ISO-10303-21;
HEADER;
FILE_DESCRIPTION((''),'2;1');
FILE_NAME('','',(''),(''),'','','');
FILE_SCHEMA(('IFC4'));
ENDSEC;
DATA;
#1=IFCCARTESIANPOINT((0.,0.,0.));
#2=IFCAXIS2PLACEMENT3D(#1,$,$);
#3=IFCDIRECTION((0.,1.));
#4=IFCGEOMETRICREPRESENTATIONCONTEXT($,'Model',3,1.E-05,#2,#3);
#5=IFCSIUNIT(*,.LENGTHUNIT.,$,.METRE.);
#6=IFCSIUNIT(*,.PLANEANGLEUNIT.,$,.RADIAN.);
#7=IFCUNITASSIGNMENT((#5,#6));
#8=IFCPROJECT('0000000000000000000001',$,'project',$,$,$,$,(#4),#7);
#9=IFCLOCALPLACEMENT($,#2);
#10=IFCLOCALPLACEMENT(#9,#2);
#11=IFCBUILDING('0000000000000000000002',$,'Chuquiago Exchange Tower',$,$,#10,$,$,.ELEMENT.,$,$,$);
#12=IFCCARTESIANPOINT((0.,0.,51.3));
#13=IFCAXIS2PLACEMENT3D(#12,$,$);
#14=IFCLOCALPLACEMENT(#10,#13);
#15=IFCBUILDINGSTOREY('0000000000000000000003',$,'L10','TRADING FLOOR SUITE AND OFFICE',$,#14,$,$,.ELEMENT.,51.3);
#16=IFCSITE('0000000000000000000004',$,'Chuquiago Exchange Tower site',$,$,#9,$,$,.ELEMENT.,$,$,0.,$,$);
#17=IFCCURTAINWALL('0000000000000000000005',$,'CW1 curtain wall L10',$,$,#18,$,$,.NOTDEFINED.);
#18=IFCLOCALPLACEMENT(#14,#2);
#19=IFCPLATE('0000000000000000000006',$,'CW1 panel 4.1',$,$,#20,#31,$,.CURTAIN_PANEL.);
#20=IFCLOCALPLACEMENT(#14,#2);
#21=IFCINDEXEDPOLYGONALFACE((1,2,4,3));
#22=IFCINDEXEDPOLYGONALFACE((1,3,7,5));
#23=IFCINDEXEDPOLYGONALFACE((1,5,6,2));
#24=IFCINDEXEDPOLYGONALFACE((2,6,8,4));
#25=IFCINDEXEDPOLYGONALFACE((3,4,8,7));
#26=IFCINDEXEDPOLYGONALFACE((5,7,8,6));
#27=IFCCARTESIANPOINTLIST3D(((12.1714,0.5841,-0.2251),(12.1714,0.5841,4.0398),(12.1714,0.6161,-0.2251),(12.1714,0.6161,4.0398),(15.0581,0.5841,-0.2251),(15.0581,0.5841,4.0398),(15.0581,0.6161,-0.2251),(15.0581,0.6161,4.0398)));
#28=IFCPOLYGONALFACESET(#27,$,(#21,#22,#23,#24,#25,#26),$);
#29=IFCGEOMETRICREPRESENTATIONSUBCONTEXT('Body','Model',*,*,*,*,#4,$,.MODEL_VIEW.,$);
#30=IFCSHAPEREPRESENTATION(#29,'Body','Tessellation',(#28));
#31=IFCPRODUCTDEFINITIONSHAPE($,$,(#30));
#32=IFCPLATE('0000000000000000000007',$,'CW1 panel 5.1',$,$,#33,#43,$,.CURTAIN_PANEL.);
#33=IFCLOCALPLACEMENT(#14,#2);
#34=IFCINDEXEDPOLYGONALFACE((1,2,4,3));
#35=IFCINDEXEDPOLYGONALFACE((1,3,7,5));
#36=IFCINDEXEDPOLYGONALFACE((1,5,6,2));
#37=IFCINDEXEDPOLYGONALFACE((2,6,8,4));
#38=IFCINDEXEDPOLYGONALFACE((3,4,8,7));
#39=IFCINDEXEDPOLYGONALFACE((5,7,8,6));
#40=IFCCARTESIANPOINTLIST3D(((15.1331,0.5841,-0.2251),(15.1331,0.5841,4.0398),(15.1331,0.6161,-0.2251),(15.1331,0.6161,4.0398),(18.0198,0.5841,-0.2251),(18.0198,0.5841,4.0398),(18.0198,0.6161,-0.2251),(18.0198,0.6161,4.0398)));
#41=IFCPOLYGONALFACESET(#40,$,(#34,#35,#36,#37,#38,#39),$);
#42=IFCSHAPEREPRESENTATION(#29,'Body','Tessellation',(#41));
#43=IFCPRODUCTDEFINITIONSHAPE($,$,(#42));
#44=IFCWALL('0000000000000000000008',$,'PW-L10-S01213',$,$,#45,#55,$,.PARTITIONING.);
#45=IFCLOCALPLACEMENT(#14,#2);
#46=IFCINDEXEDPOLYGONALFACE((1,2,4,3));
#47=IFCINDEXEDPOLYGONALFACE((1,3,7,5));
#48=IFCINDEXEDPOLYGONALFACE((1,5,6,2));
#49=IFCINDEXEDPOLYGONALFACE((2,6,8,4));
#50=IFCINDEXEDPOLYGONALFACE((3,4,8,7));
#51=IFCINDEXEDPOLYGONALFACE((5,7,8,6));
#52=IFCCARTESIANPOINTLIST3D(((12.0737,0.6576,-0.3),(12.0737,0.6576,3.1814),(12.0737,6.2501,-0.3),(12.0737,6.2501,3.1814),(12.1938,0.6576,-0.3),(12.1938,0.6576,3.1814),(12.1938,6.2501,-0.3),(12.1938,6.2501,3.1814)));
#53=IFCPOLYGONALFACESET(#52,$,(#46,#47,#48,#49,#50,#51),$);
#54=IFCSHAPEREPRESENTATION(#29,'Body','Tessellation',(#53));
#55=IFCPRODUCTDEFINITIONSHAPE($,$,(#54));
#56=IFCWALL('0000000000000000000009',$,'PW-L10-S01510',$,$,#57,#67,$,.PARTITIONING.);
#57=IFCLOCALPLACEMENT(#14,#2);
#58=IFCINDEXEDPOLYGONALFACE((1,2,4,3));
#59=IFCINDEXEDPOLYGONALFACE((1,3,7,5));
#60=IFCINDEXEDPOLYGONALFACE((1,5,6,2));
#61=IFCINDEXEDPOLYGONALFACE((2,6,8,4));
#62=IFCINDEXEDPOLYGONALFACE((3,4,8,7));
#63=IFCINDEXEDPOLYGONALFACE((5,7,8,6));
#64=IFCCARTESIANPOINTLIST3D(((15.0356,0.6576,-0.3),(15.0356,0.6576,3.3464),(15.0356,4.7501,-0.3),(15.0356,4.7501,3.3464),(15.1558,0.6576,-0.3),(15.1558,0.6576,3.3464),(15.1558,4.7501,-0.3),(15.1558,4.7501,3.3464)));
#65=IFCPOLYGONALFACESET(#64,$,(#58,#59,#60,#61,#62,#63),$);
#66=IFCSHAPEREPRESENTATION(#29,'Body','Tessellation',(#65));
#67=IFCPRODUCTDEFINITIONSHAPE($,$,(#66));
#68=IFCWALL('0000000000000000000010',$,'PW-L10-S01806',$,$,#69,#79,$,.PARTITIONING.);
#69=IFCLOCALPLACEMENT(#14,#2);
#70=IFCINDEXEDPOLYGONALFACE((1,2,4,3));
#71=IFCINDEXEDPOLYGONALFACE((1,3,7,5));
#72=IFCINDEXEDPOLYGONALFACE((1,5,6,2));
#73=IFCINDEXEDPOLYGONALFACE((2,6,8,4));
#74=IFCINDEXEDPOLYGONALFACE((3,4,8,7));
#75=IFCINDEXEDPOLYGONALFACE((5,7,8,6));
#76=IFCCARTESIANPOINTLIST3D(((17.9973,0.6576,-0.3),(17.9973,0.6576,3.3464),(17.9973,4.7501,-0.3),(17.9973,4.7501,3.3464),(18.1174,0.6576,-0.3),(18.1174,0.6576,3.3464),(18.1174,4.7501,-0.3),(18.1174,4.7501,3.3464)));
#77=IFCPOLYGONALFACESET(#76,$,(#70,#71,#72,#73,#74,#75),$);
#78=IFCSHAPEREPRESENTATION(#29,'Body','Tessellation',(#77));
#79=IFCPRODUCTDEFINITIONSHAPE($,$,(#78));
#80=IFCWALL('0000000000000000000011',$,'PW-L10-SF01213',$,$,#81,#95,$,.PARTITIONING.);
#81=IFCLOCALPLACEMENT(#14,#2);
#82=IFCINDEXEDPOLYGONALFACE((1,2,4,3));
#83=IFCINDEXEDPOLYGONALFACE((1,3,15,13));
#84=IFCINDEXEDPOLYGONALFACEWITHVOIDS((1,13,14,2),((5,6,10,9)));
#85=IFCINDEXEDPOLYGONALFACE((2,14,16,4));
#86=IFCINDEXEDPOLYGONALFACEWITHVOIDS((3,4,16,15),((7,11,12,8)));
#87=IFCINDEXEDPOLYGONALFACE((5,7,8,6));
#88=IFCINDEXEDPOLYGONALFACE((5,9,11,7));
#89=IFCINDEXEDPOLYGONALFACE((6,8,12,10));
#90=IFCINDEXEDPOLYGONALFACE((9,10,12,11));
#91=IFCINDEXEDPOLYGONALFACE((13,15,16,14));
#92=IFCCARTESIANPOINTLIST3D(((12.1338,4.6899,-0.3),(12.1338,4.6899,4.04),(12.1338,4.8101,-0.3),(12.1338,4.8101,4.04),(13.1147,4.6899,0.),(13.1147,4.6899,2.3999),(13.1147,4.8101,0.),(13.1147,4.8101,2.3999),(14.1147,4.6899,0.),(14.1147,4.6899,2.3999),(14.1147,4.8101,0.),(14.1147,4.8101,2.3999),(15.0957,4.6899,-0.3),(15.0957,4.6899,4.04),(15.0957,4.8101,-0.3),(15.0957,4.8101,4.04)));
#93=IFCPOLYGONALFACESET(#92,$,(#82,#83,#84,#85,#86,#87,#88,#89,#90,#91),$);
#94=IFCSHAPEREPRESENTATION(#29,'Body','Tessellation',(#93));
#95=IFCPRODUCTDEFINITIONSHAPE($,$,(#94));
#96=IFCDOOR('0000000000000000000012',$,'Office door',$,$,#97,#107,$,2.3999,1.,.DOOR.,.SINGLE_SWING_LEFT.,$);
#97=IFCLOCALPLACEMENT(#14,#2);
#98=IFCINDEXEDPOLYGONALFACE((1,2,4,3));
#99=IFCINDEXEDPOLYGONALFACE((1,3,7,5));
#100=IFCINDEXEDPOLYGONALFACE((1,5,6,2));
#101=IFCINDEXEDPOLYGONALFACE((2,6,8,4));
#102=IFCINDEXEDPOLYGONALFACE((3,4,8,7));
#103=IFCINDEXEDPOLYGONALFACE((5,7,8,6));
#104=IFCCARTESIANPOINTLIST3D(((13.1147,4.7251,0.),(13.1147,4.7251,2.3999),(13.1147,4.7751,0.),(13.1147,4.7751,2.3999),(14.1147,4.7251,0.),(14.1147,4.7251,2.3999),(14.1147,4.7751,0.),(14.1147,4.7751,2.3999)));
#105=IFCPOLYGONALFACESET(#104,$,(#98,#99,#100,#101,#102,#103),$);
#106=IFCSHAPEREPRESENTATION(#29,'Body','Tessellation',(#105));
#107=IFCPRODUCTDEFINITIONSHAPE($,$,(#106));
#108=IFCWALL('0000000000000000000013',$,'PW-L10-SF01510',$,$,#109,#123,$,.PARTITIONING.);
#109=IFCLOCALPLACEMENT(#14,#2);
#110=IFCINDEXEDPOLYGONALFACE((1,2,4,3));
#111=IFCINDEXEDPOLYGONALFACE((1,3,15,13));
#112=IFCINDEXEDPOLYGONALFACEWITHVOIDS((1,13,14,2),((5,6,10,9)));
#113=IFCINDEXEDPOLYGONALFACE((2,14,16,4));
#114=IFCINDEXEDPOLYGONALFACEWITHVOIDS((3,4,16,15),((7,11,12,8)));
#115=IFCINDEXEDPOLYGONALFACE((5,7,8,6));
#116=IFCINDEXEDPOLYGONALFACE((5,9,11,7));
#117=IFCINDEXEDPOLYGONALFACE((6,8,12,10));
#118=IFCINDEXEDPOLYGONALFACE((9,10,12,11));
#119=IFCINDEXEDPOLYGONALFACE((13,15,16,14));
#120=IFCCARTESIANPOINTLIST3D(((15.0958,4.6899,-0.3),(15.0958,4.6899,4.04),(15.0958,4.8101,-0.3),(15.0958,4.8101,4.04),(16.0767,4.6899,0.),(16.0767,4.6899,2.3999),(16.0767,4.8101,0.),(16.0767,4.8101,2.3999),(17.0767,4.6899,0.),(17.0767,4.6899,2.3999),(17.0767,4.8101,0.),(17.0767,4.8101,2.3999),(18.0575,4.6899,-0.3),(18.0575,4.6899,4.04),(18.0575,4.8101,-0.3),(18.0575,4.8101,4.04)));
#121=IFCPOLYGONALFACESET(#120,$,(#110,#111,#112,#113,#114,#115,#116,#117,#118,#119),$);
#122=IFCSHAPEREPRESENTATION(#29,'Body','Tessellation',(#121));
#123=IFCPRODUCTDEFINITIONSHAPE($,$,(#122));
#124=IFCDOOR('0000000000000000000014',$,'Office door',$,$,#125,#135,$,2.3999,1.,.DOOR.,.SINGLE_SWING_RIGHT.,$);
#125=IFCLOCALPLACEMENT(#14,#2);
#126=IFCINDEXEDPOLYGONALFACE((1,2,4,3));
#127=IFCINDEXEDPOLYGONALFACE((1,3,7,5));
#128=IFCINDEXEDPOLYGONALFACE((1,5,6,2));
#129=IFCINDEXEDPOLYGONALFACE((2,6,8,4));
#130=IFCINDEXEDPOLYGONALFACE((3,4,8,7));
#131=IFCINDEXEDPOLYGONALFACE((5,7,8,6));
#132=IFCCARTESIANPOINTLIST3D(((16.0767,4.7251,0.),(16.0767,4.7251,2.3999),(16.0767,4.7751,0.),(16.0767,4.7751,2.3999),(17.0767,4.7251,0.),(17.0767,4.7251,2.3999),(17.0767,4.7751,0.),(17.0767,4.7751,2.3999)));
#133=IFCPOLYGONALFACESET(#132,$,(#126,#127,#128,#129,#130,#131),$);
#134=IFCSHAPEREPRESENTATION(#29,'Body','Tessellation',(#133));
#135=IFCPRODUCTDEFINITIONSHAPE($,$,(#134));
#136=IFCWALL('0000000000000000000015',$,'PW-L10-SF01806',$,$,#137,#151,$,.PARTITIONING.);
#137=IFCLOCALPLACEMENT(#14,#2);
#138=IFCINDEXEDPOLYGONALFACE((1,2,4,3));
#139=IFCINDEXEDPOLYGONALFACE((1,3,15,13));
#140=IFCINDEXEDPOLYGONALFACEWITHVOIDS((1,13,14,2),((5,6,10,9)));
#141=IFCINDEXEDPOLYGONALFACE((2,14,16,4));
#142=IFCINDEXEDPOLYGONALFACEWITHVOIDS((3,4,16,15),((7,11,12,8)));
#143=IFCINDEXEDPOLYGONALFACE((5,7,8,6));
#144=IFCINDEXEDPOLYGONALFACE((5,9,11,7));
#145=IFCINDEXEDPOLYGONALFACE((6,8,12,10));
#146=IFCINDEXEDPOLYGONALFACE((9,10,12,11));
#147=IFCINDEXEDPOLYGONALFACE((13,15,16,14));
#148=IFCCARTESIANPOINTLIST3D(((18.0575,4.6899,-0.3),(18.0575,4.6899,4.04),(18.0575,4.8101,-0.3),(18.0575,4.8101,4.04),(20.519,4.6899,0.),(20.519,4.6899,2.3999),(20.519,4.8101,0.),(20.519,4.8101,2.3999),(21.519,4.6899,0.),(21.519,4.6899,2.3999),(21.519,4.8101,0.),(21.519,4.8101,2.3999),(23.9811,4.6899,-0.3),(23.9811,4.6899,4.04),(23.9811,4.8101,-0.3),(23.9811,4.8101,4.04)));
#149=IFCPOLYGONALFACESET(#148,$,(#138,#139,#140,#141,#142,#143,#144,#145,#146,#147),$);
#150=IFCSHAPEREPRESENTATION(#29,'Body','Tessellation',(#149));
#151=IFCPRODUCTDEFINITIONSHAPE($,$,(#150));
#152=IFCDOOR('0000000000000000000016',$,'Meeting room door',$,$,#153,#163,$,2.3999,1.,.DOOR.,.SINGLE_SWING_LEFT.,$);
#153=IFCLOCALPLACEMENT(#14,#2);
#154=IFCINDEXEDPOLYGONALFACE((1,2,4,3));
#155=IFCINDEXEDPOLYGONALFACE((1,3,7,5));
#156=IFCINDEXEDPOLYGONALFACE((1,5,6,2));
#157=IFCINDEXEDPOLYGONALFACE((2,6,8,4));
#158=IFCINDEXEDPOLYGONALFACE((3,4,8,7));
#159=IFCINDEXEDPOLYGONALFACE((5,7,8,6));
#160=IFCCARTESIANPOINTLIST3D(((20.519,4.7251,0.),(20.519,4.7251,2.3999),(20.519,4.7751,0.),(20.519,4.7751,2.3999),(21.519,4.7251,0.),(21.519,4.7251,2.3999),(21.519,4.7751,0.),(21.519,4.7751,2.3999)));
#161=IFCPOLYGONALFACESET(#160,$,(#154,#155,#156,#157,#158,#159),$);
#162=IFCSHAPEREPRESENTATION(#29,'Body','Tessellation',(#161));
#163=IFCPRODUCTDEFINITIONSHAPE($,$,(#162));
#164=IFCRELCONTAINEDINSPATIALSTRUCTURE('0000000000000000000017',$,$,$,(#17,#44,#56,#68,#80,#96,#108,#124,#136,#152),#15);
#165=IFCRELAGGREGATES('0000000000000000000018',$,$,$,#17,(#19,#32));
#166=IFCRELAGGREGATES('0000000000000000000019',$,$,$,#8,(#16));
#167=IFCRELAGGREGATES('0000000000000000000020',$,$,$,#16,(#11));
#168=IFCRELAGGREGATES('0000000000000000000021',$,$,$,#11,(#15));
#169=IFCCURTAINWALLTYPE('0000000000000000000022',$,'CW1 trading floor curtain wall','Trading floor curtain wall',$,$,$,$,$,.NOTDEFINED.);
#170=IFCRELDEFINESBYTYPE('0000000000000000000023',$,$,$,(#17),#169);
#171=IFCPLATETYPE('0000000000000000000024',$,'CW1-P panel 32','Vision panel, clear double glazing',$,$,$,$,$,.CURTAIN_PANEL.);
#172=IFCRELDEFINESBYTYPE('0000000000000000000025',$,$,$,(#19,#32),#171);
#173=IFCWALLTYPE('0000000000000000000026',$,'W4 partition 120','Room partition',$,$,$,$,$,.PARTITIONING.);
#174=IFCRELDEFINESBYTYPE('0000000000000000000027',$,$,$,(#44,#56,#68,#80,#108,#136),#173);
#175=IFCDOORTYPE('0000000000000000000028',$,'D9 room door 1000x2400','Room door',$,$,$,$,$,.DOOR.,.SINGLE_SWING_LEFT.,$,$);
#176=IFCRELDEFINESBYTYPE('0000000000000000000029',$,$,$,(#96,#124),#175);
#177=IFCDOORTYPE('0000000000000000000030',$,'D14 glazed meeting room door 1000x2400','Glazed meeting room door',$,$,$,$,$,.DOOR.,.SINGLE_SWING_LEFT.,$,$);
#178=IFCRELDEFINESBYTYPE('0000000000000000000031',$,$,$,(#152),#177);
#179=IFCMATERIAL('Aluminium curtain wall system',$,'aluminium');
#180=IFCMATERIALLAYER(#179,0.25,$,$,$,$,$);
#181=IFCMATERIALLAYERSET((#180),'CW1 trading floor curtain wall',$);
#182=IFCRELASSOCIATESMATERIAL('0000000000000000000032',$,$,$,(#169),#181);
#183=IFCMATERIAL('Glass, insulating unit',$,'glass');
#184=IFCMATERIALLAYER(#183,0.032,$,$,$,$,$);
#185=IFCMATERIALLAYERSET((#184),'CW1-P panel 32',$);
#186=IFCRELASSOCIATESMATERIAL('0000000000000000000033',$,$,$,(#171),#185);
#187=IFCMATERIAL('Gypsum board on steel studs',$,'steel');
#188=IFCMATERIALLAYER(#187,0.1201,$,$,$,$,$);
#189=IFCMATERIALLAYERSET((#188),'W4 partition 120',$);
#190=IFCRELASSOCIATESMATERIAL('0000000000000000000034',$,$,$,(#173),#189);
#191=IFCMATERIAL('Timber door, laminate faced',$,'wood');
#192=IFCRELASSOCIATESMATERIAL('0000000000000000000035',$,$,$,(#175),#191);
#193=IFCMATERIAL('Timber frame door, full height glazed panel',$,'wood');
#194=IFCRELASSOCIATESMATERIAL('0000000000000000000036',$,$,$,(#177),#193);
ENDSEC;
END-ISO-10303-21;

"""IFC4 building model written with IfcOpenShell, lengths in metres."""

from ifc_helpers import new_model, si_unit, direction, frame, frame_2d, origin, origin_2d, place, context, subcontext, project, spatial, rectangle, extrude, material, layer, layer_set, type_object, element, fill, aggregate, save


model = new_model("IFC4")

# Units and contexts
model_context = context("Model", 3, precision=1e-05, world=origin(), true_north=direction((0.0, 1.0)))
body_context = subcontext(model_context, "Body", "Model", "MODEL_VIEW")
ifc_project = project(units=[si_unit("LENGTHUNIT", "METRE"), si_unit("PLANEANGLEUNIT", "RADIAN")], contexts=[model_context])

# Site, building, storey
site_placement = place(None, origin())
site = spatial("IfcSite", under=ifc_project, at=site_placement, Name="Chuquiago Exchange Tower site", CompositionType="ELEMENT", RefElevation=0.0)
building_placement = place(site_placement, origin())
building = spatial("IfcBuilding", under=site, at=building_placement, Name="Chuquiago Exchange Tower", CompositionType="ELEMENT")
storey_placement = place(building_placement, frame((0.0, 0.0, 51.3)))
storey = spatial("IfcBuildingStorey", under=building, at=storey_placement, Name="L10", Description="TRADING FLOOR SUITE AND OFFICE", CompositionType="ELEMENT", Elevation=51.3)

# Curtain wall
ifc_material_1 = material(Name="Aluminium curtain wall system", Category="aluminium")
ifc_layer_1 = layer(ifc_material_1, 0.25)
ifc_layer_set_1 = layer_set([ifc_layer_1], Name="CW1 trading floor curtain wall")
curtain_wall_type = type_object("IfcCurtainWallType", Name="CW1 trading floor curtain wall", Description="Trading floor curtain wall", PredefinedType="NOTDEFINED", material=ifc_layer_set_1)
curtain_wall_placement = place(storey_placement, origin())
curtain_wall = element("IfcCurtainWall", 1, at=curtain_wall_placement, inside=storey, type_object=curtain_wall_type, Name="CW1 curtain wall L10", PredefinedType="NOTDEFINED")

# Plates
ifc_material_2 = material(Name="Glass, insulating unit", Category="glass")
ifc_layer_2 = layer(ifc_material_2, 0.032)
ifc_layer_set_2 = layer_set([ifc_layer_2], Name="CW1-P panel 32")
plate_type = type_object("IfcPlateType", Name="CW1-P panel 32", Description="Vision panel, clear double glazing", PredefinedType="CURTAIN_PANEL", material=ifc_layer_set_2)
plate_1_placement = place(storey_placement, frame((13.6147, 0.6001, -0.2251), z_axis=(0.0, 0.0, 1.0), x_axis=(1.0, 0.0, 0.0)))
plate_1 = element("IfcPlate", 2, at=plate_1_placement, type_object=plate_type, Name="CW1 panel 4.1", PredefinedType="CURTAIN_PANEL", context=body_context, shape_type="SweptSolid", body=[
    extrude(rectangle(XDim=2.8867, YDim=0.032, at=origin_2d()), origin(), (0.0, 0.0, 1.0), 4.2649),
])
plate_2_placement = place(storey_placement, frame((16.5764, 0.6001, -0.2251), z_axis=(0.0, 0.0, 1.0), x_axis=(1.0, 0.0, 0.0)))
plate_2 = element("IfcPlate", 3, at=plate_2_placement, type_object=plate_type, Name="CW1 panel 5.1", PredefinedType="CURTAIN_PANEL", context=body_context, shape_type="SweptSolid", body=[
    extrude(rectangle(XDim=2.8867, YDim=0.032, at=origin_2d()), origin(), (0.0, 0.0, 1.0), 4.2649),
])
aggregate(curtain_wall, [plate_1, plate_2])

# Walls
ifc_material_3 = material(Name="Gypsum board on steel studs", Category="steel")
ifc_layer_3 = layer(ifc_material_3, 0.1201)
ifc_layer_set_3 = layer_set([ifc_layer_3], Name="W4 partition 120")
wall_type = type_object("IfcWallType", Name="W4 partition 120", Description="Room partition", PredefinedType="PARTITIONING", material=ifc_layer_set_3)
wall_1_placement = place(storey_placement, frame((12.1338, 0.6575, -0.3), z_axis=(0.0, 0.0, 1.0), x_axis=(0.0, 1.0, 0.0)))
element("IfcWall", 4, at=wall_1_placement, inside=storey, type_object=wall_type, Name="PW-L10-S01213", PredefinedType="PARTITIONING", context=body_context, shape_type="SweptSolid", body=[
    extrude(rectangle(XDim=5.5925, YDim=0.1201, at=frame_2d((2.7964, 0.0))), origin(), (0.0, 0.0, 1.0), 3.4814),
])
for number, where, z_axis, x_axis, name in (
    (5, (15.0957, 0.6575, -0.3), (0.0, 0.0, 1.0), (0.0, 1.0, 0.0), "PW-L10-S01510"),
    (6, (18.0574, 0.6575, -0.3), (0.0, 0.0, 1.0), (0.0, 1.0, 0.0), "PW-L10-S01806"),
):
    element("IfcWall", number, at=place(storey_placement, frame(where, z_axis=z_axis, x_axis=x_axis)), inside=storey, type_object=wall_type, Name=name, PredefinedType="PARTITIONING", context=body_context, shape_type="SweptSolid", body=[
        extrude(rectangle(XDim=4.0925, YDim=0.1201, at=frame_2d((2.0464, 0.0))), origin(), (0.0, 0.0, 1.0), 3.6465),
    ])

# Walls, openings, doors
wall_2_placement = place(storey_placement, frame((12.1338, 4.75, -0.3), z_axis=(0.0, 0.0, 1.0), x_axis=(1.0, 0.0, 0.0)))
wall_2 = element("IfcWall", 7, at=wall_2_placement, inside=storey, type_object=wall_type, Name="PW-L10-SF01213", PredefinedType="PARTITIONING", context=body_context, shape_type="SweptSolid", body=[
    extrude(rectangle(XDim=2.9619, YDim=0.1201, at=frame_2d((1.481, 0.0))), origin(), (0.0, 0.0, 1.0), 4.3401),
])
opening_1_placement = place(wall_2_placement, frame((0.981, 0.0, 0.3)))
opening_1 = element("IfcOpeningElement", 8, at=opening_1_placement, cuts=wall_2, PredefinedType="OPENING", context=body_context, shape_type="SweptSolid", body=[
    extrude(rectangle(XDim=1.0, YDim=2.3999, at=frame_2d((0.5, 1.2))), frame((0.0, 0.0701, 0.0), z_axis=(0.0, -1.0, 0.0), x_axis=(1.0, 0.0, 0.0)), (0.0, 0.0, 1.0), 0.1401),
])
ifc_material_4 = material(Name="Timber door, laminate faced", Category="wood")
door_type_1 = type_object("IfcDoorType", Name="D9 room door 1000x2400", Description="Room door", OperationType="SINGLE_SWING_LEFT", PredefinedType="DOOR", material=ifc_material_4)
door_1_placement = place(opening_1_placement, frame((1.0, 0.0, 0.0), z_axis=(0.0, 0.0, 1.0), x_axis=(-1.0, 0.0, 0.0)))
door_1 = element("IfcDoor", 9, at=door_1_placement, inside=storey, type_object=door_type_1, Name="Office door", OperationType="SINGLE_SWING_LEFT", OverallHeight=2.3999, OverallWidth=1.0, PredefinedType="DOOR", context=body_context, shape_type="SweptSolid", body=[
    extrude(rectangle(XDim=1.0, YDim=2.3999, at=frame_2d((0.5, 1.2))), frame((0.0, 0.0249, 0.0), z_axis=(0.0, -1.0, 0.0), x_axis=(1.0, 0.0, 0.0)), (0.0, 0.0, 1.0), 0.05),
])
fill(opening_1, door_1)
wall_3_placement = place(storey_placement, frame((15.0957, 4.75, -0.3), z_axis=(0.0, 0.0, 1.0), x_axis=(1.0, 0.0, 0.0)))
wall_3 = element("IfcWall", 10, at=wall_3_placement, inside=storey, type_object=wall_type, Name="PW-L10-SF01510", PredefinedType="PARTITIONING", context=body_context, shape_type="SweptSolid", body=[
    extrude(rectangle(XDim=2.9617, YDim=0.1201, at=frame_2d((1.481, 0.0))), origin(), (0.0, 0.0, 1.0), 4.3401),
])
opening_2_placement = place(wall_3_placement, frame((0.981, 0.0, 0.3)))
opening_2 = element("IfcOpeningElement", 11, at=opening_2_placement, cuts=wall_3, PredefinedType="OPENING", context=body_context, shape_type="SweptSolid", body=[
    extrude(rectangle(XDim=1.0, YDim=2.3999, at=frame_2d((0.5, 1.2))), frame((0.0, 0.0701, 0.0), z_axis=(0.0, -1.0, 0.0), x_axis=(1.0, 0.0, 0.0)), (0.0, 0.0, 1.0), 0.1401),
])
door_2_placement = place(opening_2_placement, frame((1.0, 0.0, 0.0), z_axis=(0.0, 0.0, 1.0), x_axis=(-1.0, 0.0, 0.0)))
door_2 = element("IfcDoor", 12, at=door_2_placement, inside=storey, type_object=door_type_1, Name="Office door", OperationType="SINGLE_SWING_RIGHT", OverallHeight=2.3999, OverallWidth=1.0, PredefinedType="DOOR", context=body_context, shape_type="SweptSolid", body=[
    extrude(rectangle(XDim=1.0, YDim=2.3999, at=frame_2d((0.5, 1.2))), frame((0.0, 0.0249, 0.0), z_axis=(0.0, -1.0, 0.0), x_axis=(1.0, 0.0, 0.0)), (0.0, 0.0, 1.0), 0.05),
])
fill(opening_2, door_2)
wall_4_placement = place(storey_placement, frame((18.0574, 4.75, -0.3), z_axis=(0.0, 0.0, 1.0), x_axis=(1.0, 0.0, 0.0)))
wall_4 = element("IfcWall", 13, at=wall_4_placement, inside=storey, type_object=wall_type, Name="PW-L10-SF01806", PredefinedType="PARTITIONING", context=body_context, shape_type="SweptSolid", body=[
    extrude(rectangle(XDim=5.9236, YDim=0.1201, at=frame_2d((2.9619, 0.0))), origin(), (0.0, 0.0, 1.0), 4.3401),
])
opening_3_placement = place(wall_4_placement, frame((2.4617, 0.0, 0.3)))
opening_3 = element("IfcOpeningElement", 14, at=opening_3_placement, cuts=wall_4, PredefinedType="OPENING", context=body_context, shape_type="SweptSolid", body=[
    extrude(rectangle(XDim=1.0, YDim=2.3999, at=frame_2d((0.5, 1.2))), frame((0.0, 0.0701, 0.0), z_axis=(0.0, -1.0, 0.0), x_axis=(1.0, 0.0, 0.0)), (0.0, 0.0, 1.0), 0.1401),
])
ifc_material_5 = material(Name="Timber frame door, full height glazed panel", Category="wood")
door_type_2 = type_object("IfcDoorType", Name="D14 glazed meeting room door 1000x2400", Description="Glazed meeting room door", OperationType="SINGLE_SWING_LEFT", PredefinedType="DOOR", material=ifc_material_5)
door_3_placement = place(opening_3_placement, frame((1.0, 0.0, 0.0), z_axis=(0.0, 0.0, 1.0), x_axis=(-1.0, 0.0, 0.0)))
door_3 = element("IfcDoor", 15, at=door_3_placement, inside=storey, type_object=door_type_2, Name="Meeting room door", OperationType="SINGLE_SWING_LEFT", OverallHeight=2.3999, OverallWidth=1.0, PredefinedType="DOOR", context=body_context, shape_type="SweptSolid", body=[
    extrude(rectangle(XDim=1.0, YDim=2.3999, at=frame_2d((0.5, 1.2))), frame((0.0, 0.0249, 0.0), z_axis=(0.0, -1.0, 0.0), x_axis=(1.0, 0.0, 0.0)), (0.0, 0.0, 1.0), 0.05),
])
fill(opening_3, door_3)

save(model, "model.ifc")
